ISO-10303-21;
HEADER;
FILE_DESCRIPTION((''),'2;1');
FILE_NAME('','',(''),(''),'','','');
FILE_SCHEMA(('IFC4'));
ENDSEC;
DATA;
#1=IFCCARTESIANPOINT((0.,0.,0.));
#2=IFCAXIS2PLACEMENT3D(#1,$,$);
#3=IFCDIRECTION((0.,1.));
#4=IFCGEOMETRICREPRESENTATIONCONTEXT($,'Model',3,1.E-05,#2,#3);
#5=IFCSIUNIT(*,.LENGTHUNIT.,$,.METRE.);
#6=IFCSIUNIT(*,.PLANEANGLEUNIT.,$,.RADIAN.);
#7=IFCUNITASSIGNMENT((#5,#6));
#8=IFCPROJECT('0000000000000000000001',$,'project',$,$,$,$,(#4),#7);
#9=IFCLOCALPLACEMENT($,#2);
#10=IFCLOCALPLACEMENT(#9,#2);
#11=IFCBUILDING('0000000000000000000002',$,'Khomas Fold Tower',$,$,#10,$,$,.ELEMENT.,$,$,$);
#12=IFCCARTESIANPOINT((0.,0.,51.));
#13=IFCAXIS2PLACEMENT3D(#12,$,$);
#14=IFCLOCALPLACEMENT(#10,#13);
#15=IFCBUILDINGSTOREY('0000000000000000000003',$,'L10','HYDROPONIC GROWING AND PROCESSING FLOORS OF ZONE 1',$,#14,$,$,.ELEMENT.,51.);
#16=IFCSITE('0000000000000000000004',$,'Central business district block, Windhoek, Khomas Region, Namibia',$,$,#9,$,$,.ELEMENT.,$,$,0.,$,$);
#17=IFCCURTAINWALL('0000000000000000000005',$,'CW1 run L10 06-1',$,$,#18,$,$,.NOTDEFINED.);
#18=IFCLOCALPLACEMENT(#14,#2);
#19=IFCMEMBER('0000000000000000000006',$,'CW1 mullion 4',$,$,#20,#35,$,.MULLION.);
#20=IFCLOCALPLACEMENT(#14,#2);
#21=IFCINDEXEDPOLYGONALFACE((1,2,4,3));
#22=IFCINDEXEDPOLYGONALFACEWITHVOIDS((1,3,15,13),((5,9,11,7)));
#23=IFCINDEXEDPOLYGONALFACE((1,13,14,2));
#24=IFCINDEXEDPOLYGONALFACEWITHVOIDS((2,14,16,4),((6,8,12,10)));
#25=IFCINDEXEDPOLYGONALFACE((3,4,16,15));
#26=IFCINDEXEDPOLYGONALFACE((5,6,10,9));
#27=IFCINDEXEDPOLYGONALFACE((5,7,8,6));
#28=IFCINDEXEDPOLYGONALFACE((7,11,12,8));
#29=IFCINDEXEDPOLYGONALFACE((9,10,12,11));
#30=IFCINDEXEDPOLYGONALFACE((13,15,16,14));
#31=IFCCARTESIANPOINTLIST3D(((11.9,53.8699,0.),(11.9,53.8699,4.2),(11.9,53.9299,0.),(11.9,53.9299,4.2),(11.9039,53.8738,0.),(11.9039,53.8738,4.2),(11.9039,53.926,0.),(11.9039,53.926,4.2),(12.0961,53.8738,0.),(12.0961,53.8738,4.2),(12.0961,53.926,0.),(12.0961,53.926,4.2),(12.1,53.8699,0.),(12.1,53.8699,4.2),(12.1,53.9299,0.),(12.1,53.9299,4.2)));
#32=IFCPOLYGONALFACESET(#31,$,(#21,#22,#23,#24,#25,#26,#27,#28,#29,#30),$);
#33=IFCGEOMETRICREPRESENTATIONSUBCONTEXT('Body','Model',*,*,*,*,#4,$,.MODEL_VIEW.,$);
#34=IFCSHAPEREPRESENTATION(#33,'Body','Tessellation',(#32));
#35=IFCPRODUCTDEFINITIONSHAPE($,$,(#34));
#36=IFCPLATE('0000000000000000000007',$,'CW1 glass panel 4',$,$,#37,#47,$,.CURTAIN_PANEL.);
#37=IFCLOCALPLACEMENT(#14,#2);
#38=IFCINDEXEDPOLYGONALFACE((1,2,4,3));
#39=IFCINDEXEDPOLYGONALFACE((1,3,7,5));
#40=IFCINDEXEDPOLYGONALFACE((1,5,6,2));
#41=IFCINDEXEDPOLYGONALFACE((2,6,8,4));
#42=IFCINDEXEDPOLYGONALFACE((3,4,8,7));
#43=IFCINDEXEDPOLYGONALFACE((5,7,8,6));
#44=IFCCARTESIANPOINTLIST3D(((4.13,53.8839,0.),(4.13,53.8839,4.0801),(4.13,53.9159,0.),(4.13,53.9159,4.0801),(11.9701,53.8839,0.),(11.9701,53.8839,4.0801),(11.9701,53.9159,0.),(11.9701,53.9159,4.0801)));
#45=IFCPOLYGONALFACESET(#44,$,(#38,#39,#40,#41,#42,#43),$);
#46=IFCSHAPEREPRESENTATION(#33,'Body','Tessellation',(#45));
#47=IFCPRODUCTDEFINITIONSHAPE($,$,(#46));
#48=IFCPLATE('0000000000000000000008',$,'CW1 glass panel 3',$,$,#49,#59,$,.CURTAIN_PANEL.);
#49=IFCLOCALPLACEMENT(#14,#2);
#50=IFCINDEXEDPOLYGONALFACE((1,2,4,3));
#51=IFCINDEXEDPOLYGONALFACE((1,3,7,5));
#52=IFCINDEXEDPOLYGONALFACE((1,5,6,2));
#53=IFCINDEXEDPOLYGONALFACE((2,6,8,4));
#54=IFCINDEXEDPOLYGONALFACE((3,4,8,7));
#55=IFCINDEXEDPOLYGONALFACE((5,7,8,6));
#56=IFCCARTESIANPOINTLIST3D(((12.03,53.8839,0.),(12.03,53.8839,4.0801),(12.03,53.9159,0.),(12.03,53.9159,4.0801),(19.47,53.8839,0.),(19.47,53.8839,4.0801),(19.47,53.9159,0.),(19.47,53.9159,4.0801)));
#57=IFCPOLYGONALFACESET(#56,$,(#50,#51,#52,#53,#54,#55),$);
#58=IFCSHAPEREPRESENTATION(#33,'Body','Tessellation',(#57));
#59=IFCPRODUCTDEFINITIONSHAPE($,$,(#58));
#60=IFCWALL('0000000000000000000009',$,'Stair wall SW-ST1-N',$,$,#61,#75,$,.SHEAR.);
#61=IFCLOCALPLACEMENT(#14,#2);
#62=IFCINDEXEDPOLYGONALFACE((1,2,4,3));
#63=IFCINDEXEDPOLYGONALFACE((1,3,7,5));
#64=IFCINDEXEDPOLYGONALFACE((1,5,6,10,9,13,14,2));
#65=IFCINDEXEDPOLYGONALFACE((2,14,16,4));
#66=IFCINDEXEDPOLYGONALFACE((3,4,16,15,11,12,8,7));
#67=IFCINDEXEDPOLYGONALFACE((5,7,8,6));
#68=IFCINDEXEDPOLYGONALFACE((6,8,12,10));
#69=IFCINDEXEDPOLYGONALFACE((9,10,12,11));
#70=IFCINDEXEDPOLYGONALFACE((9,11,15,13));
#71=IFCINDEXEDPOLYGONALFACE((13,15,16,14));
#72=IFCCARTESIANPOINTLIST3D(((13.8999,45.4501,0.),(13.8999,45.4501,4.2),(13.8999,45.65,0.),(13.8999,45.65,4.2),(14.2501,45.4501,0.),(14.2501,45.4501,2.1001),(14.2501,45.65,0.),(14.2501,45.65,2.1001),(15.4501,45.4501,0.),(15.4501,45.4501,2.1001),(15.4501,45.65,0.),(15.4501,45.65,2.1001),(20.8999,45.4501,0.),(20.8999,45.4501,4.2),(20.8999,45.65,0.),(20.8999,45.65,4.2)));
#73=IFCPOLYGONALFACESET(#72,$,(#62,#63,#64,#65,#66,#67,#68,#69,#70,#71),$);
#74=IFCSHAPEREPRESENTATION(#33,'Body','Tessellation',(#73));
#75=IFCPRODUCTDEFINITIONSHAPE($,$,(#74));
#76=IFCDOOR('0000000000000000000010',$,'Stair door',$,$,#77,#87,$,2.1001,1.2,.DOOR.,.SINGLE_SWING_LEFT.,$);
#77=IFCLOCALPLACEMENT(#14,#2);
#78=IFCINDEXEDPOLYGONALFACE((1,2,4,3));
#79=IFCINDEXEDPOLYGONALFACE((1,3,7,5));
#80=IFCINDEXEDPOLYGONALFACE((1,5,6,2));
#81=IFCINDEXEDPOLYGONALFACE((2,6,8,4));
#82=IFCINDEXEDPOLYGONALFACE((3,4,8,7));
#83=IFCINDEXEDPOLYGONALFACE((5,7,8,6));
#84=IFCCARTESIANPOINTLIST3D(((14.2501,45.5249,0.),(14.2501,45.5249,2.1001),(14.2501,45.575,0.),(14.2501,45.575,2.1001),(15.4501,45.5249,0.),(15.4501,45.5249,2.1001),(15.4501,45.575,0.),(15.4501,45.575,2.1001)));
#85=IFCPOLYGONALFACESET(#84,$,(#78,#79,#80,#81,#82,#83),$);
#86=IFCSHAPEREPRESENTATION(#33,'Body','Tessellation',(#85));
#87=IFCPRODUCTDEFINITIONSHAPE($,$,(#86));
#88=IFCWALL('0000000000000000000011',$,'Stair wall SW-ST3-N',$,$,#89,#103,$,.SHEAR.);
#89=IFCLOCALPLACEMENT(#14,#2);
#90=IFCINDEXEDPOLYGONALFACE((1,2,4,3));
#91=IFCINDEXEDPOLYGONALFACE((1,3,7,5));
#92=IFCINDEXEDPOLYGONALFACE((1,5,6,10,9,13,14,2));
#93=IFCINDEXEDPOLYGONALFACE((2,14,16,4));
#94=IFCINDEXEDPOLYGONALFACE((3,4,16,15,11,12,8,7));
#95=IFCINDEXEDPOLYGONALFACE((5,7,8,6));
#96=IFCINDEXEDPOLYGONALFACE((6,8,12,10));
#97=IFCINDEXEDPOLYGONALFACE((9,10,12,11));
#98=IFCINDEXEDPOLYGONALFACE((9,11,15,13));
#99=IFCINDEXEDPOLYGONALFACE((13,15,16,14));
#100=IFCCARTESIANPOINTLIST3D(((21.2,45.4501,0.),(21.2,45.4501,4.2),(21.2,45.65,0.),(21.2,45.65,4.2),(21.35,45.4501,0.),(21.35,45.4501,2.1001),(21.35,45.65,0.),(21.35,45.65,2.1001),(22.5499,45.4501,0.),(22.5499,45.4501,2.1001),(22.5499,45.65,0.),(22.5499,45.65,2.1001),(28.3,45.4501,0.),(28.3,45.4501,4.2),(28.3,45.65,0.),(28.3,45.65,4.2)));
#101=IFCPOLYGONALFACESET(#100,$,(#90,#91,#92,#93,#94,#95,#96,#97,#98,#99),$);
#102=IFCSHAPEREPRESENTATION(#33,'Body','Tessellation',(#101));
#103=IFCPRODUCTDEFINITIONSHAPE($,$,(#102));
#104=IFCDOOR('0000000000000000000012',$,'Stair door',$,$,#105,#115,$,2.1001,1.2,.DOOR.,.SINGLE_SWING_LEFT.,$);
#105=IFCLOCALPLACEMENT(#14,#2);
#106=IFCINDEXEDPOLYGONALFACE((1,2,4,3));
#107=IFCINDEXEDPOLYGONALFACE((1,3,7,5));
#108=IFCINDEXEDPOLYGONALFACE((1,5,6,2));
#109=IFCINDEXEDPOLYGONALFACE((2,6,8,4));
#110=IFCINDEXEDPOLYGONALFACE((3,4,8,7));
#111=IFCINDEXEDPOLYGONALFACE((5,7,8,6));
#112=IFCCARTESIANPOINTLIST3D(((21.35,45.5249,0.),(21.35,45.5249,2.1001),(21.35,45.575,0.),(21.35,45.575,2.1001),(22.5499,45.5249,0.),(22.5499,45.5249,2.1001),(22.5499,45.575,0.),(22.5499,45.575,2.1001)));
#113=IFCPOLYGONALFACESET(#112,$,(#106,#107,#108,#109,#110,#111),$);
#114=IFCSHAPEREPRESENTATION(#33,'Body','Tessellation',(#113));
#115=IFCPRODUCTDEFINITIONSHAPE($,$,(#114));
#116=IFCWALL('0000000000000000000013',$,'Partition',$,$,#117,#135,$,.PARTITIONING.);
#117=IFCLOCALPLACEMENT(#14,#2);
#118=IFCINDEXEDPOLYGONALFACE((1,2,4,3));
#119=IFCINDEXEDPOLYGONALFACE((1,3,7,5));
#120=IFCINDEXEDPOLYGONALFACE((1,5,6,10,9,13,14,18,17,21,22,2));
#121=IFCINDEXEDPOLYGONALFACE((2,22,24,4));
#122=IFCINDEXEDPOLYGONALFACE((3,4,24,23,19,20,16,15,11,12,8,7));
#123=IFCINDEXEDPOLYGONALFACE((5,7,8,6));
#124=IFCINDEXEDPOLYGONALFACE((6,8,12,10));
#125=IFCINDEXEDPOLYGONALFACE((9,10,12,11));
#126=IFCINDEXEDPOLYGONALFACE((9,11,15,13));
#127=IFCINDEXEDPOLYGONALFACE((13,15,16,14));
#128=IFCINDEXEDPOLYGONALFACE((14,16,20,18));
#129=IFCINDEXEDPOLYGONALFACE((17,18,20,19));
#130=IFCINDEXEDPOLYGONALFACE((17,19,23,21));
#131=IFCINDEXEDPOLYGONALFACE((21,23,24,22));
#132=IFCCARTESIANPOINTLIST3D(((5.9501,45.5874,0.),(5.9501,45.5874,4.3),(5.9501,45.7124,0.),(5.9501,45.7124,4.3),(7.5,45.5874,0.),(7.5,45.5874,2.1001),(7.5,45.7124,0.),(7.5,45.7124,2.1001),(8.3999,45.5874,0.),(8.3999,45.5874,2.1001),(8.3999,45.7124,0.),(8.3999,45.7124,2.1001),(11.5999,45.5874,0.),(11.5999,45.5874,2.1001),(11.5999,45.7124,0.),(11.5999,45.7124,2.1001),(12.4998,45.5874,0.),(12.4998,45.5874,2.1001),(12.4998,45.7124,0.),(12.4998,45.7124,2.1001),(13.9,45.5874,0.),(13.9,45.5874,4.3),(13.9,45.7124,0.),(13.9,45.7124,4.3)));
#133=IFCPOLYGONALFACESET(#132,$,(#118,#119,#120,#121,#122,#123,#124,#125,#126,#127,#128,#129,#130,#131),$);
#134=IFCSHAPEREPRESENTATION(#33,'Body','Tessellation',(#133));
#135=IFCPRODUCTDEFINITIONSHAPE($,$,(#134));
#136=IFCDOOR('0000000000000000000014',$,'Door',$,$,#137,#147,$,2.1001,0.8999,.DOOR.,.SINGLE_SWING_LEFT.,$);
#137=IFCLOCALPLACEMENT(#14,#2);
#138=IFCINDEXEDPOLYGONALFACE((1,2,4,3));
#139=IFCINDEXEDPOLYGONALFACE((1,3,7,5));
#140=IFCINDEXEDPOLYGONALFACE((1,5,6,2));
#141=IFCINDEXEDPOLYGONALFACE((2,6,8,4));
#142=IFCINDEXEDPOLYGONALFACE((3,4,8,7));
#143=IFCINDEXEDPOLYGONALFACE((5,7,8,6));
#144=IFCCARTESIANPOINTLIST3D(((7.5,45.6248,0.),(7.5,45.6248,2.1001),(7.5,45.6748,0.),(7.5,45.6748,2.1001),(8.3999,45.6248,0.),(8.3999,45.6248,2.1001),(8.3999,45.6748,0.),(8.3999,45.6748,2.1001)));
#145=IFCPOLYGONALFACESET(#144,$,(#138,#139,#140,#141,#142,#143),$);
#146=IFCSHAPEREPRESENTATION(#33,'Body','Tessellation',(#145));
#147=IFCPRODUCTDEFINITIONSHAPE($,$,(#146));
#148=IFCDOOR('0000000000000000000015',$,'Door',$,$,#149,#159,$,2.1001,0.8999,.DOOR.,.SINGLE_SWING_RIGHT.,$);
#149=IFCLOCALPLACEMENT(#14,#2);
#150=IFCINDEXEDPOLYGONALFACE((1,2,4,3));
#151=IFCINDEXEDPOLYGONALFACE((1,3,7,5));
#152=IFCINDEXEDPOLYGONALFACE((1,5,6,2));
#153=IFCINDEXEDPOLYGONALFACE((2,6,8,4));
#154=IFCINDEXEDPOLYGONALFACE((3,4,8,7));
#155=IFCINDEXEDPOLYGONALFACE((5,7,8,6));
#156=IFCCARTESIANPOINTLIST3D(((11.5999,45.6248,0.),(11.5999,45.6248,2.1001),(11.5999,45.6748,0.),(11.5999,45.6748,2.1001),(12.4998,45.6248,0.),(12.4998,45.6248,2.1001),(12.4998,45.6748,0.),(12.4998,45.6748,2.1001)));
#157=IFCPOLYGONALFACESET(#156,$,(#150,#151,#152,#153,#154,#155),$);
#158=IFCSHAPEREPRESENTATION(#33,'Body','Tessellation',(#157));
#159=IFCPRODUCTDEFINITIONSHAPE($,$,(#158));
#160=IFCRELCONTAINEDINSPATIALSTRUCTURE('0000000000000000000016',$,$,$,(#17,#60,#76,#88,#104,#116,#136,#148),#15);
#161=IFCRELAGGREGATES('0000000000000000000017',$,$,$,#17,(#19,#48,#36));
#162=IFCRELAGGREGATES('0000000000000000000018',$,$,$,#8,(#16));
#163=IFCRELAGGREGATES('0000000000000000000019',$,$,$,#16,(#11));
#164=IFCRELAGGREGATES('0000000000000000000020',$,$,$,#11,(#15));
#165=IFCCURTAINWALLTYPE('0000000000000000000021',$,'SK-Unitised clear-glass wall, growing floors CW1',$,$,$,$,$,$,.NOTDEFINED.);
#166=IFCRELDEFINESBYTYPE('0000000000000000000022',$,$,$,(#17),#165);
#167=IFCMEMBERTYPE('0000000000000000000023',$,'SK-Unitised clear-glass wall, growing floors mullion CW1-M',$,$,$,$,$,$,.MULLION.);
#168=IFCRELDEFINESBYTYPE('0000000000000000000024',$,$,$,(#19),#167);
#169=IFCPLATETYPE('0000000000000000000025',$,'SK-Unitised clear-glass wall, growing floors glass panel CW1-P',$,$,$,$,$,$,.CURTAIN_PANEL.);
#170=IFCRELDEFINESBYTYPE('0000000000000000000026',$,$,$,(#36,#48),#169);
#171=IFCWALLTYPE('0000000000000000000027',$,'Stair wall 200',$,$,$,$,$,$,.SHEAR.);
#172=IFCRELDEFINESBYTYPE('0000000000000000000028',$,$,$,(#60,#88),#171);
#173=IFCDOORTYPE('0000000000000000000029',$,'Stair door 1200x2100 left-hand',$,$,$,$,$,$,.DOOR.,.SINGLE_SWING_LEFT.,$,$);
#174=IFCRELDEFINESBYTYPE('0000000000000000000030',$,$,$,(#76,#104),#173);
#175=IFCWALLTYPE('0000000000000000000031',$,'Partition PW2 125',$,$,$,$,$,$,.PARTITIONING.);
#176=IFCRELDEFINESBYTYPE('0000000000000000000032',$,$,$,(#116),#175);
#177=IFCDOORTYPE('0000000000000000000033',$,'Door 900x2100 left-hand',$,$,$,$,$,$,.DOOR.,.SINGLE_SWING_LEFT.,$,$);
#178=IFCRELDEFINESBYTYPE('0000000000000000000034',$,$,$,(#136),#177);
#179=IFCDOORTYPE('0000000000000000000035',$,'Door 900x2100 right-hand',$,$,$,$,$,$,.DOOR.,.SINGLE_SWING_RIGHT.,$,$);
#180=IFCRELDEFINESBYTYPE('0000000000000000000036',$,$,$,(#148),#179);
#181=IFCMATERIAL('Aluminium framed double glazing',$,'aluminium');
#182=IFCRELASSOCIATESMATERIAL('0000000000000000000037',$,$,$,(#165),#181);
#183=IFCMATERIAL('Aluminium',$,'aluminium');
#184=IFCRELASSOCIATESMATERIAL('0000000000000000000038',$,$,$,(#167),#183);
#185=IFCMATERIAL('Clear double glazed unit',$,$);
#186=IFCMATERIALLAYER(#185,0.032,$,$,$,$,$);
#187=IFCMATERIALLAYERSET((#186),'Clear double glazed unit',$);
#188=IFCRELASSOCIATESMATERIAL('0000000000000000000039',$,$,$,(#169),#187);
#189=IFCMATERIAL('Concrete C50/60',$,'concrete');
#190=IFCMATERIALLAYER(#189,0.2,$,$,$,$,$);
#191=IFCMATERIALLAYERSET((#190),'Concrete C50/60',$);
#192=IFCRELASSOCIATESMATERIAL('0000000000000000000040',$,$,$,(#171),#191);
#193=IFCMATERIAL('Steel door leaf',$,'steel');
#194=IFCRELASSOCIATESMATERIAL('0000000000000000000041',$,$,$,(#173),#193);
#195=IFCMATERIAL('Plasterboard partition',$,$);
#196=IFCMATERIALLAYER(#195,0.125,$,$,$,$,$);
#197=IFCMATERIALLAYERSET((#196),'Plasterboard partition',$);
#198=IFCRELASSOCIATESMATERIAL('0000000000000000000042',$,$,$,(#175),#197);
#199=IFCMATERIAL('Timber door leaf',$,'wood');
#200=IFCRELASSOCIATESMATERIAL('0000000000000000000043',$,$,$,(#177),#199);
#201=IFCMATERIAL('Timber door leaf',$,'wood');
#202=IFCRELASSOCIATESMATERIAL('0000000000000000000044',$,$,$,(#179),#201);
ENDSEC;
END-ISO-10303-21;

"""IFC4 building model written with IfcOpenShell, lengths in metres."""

from ifc_helpers import new_model, si_unit, direction, frame, frame_2d, origin, origin_2d, place, context, subcontext, project, spatial, rectangle, hollow_rectangle, extrude, source, transform, mapped, material, layer, layer_set, material_profile, profile_set, type_object, element, fill, aggregate, save


model = new_model("IFC4")

# Units and contexts
model_context = context("Model", 3, precision=1e-05, world=origin(), true_north=direction((0.0, 1.0)))
body_context = subcontext(model_context, "Body", "Model", "MODEL_VIEW")
ifc_project = project(units=[si_unit("LENGTHUNIT", "METRE"), si_unit("PLANEANGLEUNIT", "RADIAN")], contexts=[model_context])

# Site, building, storey
site_placement = place(None, origin())
site = spatial("IfcSite", under=ifc_project, at=site_placement, Name="Central business district block, Windhoek, Khomas Region, Namibia", CompositionType="ELEMENT", RefElevation=0.0)
building_placement = place(site_placement, origin())
building = spatial("IfcBuilding", under=site, at=building_placement, Name="Khomas Fold Tower", CompositionType="ELEMENT")
storey_placement = place(building_placement, frame((0.0, 0.0, 51.0)))
storey = spatial("IfcBuildingStorey", under=building, at=storey_placement, Name="L10", Description="HYDROPONIC GROWING AND PROCESSING FLOORS OF ZONE 1", CompositionType="ELEMENT", Elevation=51.0)

# Curtain wall, member, plates
ifc_material_1 = material(Name="Aluminium framed double glazing", Category="aluminium")
curtain_wall_type = type_object("IfcCurtainWallType", Name="SK-Unitised clear-glass wall, growing floors CW1", PredefinedType="NOTDEFINED", material=ifc_material_1)
curtain_wall_placement = place(storey_placement, origin())
curtain_wall = element("IfcCurtainWall", 1, at=curtain_wall_placement, inside=storey, type_object=curtain_wall_type, Name="CW1 run L10 06-1", PredefinedType="NOTDEFINED")
ifc_material_2 = material(Name="Aluminium", Category="aluminium")
ifc_material_profile_1 = material_profile(ifc_material_2, hollow_rectangle(XDim=0.0601, YDim=0.2, WallThickness=0.0039, at=origin_2d()), Name="SK-Unitised clear-glass wall, growing floors mullion CW1-M")
ifc_profile_set_1 = profile_set([ifc_material_profile_1], Name="Aluminium")
member_type_1 = type_object("IfcMemberType", Name="SK-Unitised clear-glass wall, growing floors mullion CW1-M", PredefinedType="MULLION", material=ifc_profile_set_1)
shared_shape_1 = source(origin(), body_context, "Body", "SweptSolid", [
    extrude(hollow_rectangle(XDim=0.0601, YDim=0.2, WallThickness=0.0039, at=origin_2d()), origin(), (0.0, 0.0, 1.0), 4.2),
])
member_1_placement = place(storey_placement, frame((12.0, 53.8999, 0.0), z_axis=(0.0, 0.0, 1.0), x_axis=(0.0, -1.0, 0.0)))
member_1 = element("IfcMember", 2, at=member_1_placement, type_object=member_type_1, Name="CW1 mullion 4", PredefinedType="MULLION", context=body_context, shape_type="MappedRepresentation", body=[
    mapped(shared_shape_1, transform((0.0, 0.0, 0.0))),
])
ifc_material_3 = material(Name="Clear double glazed unit")
ifc_layer_1 = layer(ifc_material_3, 0.032)
ifc_layer_set_1 = layer_set([ifc_layer_1], Name="Clear double glazed unit")
plate_type = type_object("IfcPlateType", Name="SK-Unitised clear-glass wall, growing floors glass panel CW1-P", PredefinedType="CURTAIN_PANEL", material=ifc_layer_set_1)
shared_shape_2 = source(origin(), body_context, "Body", "SweptSolid", [
    extrude(rectangle(XDim=7.8401, YDim=0.032, at=origin_2d()), origin(), (0.0, 0.0, 1.0), 4.0801),
])
plate_1_placement = place(storey_placement, frame((8.05, 53.8999, 0.0), z_axis=(0.0, 0.0, 1.0), x_axis=(-1.0, 0.0, 0.0)))
plate_1 = element("IfcPlate", 3, at=plate_1_placement, type_object=plate_type, Name="CW1 glass panel 4", PredefinedType="CURTAIN_PANEL", context=body_context, shape_type="MappedRepresentation", body=[
    mapped(shared_shape_2, transform((0.0, 0.0, 0.0))),
])
shared_shape_3 = source(origin(), body_context, "Body", "SweptSolid", [
    extrude(rectangle(XDim=7.4399, YDim=0.032, at=origin_2d()), origin(), (0.0, 0.0, 1.0), 4.0801),
])
plate_2_placement = place(storey_placement, frame((15.75, 53.8999, 0.0), z_axis=(0.0, 0.0, 1.0), x_axis=(-1.0, 0.0, 0.0)))
plate_2 = element("IfcPlate", 4, at=plate_2_placement, type_object=plate_type, Name="CW1 glass panel 3", PredefinedType="CURTAIN_PANEL", context=body_context, shape_type="MappedRepresentation", body=[
    mapped(shared_shape_3, transform((0.0, 0.0, 0.0))),
])
aggregate(curtain_wall, [member_1, plate_2, plate_1])

# Walls, openings, doors
ifc_material_4 = material(Name="Concrete C50/60", Category="concrete")
ifc_layer_2 = layer(ifc_material_4, 0.2)
ifc_layer_set_2 = layer_set([ifc_layer_2], Name="Concrete C50/60")
wall_type_1 = type_object("IfcWallType", Name="Stair wall 200", PredefinedType="SHEAR", material=ifc_layer_set_2)
shared_shape_4 = source(origin(), body_context, "Body", "SweptSolid", [
    extrude(rectangle(XDim=7.0, YDim=0.2, at=frame_2d((3.5, 0.0))), origin(), (0.0, 0.0, 1.0), 4.2),
])
wall_1_placement = place(storey_placement, frame((13.8999, 45.55, 0.0), z_axis=(0.0, 0.0, 1.0), x_axis=(1.0, 0.0, 0.0)))
wall_1 = element("IfcWall", 5, at=wall_1_placement, inside=storey, type_object=wall_type_1, Name="Stair wall SW-ST1-N", PredefinedType="SHEAR", context=body_context, shape_type="MappedRepresentation", body=[
    mapped(shared_shape_4, transform((0.0, 0.0, 0.0))),
])
shared_shape_5 = source(origin(), body_context, "Body", "SweptSolid", [
    extrude(rectangle(XDim=1.2, YDim=2.1001, at=frame_2d((0.6001, 1.05))), frame((0.0, 0.1099, 0.0), z_axis=(0.0, -1.0, 0.0), x_axis=(1.0, 0.0, 0.0)), (0.0, 0.0, 1.0), 0.22),
])
opening_1_placement = place(wall_1_placement, frame((0.3501, 0.0, 0.0)))
opening_1 = element("IfcOpeningElement", 6, at=opening_1_placement, cuts=wall_1, PredefinedType="OPENING", context=body_context, shape_type="MappedRepresentation", body=[
    mapped(shared_shape_5, transform((0.0, 0.0, 0.0))),
])
ifc_material_5 = material(Name="Steel door leaf", Category="steel")
door_type_1 = type_object("IfcDoorType", Name="Stair door 1200x2100 left-hand", OperationType="SINGLE_SWING_LEFT", PredefinedType="DOOR", material=ifc_material_5)
shared_shape_6 = source(origin(), body_context, "Body", "SweptSolid", [
    extrude(rectangle(XDim=1.2, YDim=2.1001, at=frame_2d((0.6001, 1.05))), frame((0.0, 0.0249, 0.0), z_axis=(0.0, -1.0, 0.0), x_axis=(1.0, 0.0, 0.0)), (0.0, 0.0, 1.0), 0.05),
])
door_1_placement = place(opening_1_placement, origin())
door_1 = element("IfcDoor", 7, at=door_1_placement, inside=storey, type_object=door_type_1, Name="Stair door", OperationType="SINGLE_SWING_LEFT", OverallHeight=2.1001, OverallWidth=1.2, PredefinedType="DOOR", context=body_context, shape_type="MappedRepresentation", body=[
    mapped(shared_shape_6, transform((0.0, 0.0, 0.0))),
])
fill(opening_1, door_1)
shared_shape_7 = source(origin(), body_context, "Body", "SweptSolid", [
    extrude(rectangle(XDim=7.1001, YDim=0.2, at=frame_2d((3.55, 0.0))), origin(), (0.0, 0.0, 1.0), 4.2),
])
wall_2_placement = place(storey_placement, frame((21.2, 45.55, 0.0), z_axis=(0.0, 0.0, 1.0), x_axis=(1.0, 0.0, 0.0)))
wall_2 = element("IfcWall", 8, at=wall_2_placement, inside=storey, type_object=wall_type_1, Name="Stair wall SW-ST3-N", PredefinedType="SHEAR", context=body_context, shape_type="MappedRepresentation", body=[
    mapped(shared_shape_7, transform((0.0, 0.0, 0.0))),
])
opening_2_placement = place(wall_2_placement, frame((0.1499, 0.0, 0.0)))
opening_2 = element("IfcOpeningElement", 9, at=opening_2_placement, cuts=wall_2, PredefinedType="OPENING", context=body_context, shape_type="MappedRepresentation", body=[
    mapped(shared_shape_5, transform((0.0, 0.0, 0.0))),
])
door_2_placement = place(opening_2_placement, origin())
door_2 = element("IfcDoor", 10, at=door_2_placement, inside=storey, type_object=door_type_1, Name="Stair door", OperationType="SINGLE_SWING_LEFT", OverallHeight=2.1001, OverallWidth=1.2, PredefinedType="DOOR", context=body_context, shape_type="MappedRepresentation", body=[
    mapped(shared_shape_6, transform((0.0, 0.0, 0.0))),
])
fill(opening_2, door_2)

# Wall, openings, doors
ifc_material_6 = material(Name="Plasterboard partition")
ifc_layer_3 = layer(ifc_material_6, 0.125)
ifc_layer_set_3 = layer_set([ifc_layer_3], Name="Plasterboard partition")
wall_type_2 = type_object("IfcWallType", Name="Partition PW2 125", PredefinedType="PARTITIONING", material=ifc_layer_set_3)
shared_shape_8 = source(origin(), body_context, "Body", "SweptSolid", [
    extrude(rectangle(XDim=7.95, YDim=0.125, at=frame_2d((3.9751, 0.0))), origin(), (0.0, 0.0, 1.0), 4.3),
])
wall_3_placement = place(storey_placement, frame((5.95, 45.6499, 0.0), z_axis=(0.0, 0.0, 1.0), x_axis=(1.0, 0.0, 0.0)))
wall_3 = element("IfcWall", 11, at=wall_3_placement, inside=storey, type_object=wall_type_2, Name="Partition", PredefinedType="PARTITIONING", context=body_context, shape_type="MappedRepresentation", body=[
    mapped(shared_shape_8, transform((0.0, 0.0, 0.0))),
])
shared_shape_9 = source(origin(), body_context, "Body", "SweptSolid", [
    extrude(rectangle(XDim=0.8999, YDim=2.1001, at=frame_2d((0.45, 1.05))), frame((0.0, 0.0725, 0.0), z_axis=(0.0, -1.0, 0.0), x_axis=(1.0, 0.0, 0.0)), (0.0, 0.0, 1.0), 0.145),
])
opening_3_placement = place(wall_3_placement, frame((1.55, 0.0, 0.0)))
opening_3 = element("IfcOpeningElement", 12, at=opening_3_placement, cuts=wall_3, PredefinedType="OPENING", context=body_context, shape_type="MappedRepresentation", body=[
    mapped(shared_shape_9, transform((0.0, 0.0, 0.0))),
])
opening_4_placement = place(wall_3_placement, frame((5.6499, 0.0, 0.0)))
opening_4 = element("IfcOpeningElement", 13, at=opening_4_placement, cuts=wall_3, PredefinedType="OPENING", context=body_context, shape_type="MappedRepresentation", body=[
    mapped(shared_shape_9, transform((0.0, 0.0, 0.0))),
])
ifc_material_7 = material(Name="Timber door leaf", Category="wood")
door_type_2 = type_object("IfcDoorType", Name="Door 900x2100 left-hand", OperationType="SINGLE_SWING_LEFT", PredefinedType="DOOR", material=ifc_material_7)
shared_shape_10 = source(origin(), body_context, "Body", "SweptSolid", [
    extrude(rectangle(XDim=0.8999, YDim=2.1001, at=frame_2d((0.45, 1.05))), frame((0.0, 0.0249, 0.0), z_axis=(0.0, -1.0, 0.0), x_axis=(1.0, 0.0, 0.0)), (0.0, 0.0, 1.0), 0.05),
])
door_3_placement = place(opening_3_placement, origin())
door_3 = element("IfcDoor", 14, at=door_3_placement, inside=storey, type_object=door_type_2, Name="Door", OperationType="SINGLE_SWING_LEFT", OverallHeight=2.1001, OverallWidth=0.8999, PredefinedType="DOOR", context=body_context, shape_type="MappedRepresentation", body=[
    mapped(shared_shape_10, transform((0.0, 0.0, 0.0))),
])
fill(opening_3, door_3)
ifc_material_8 = material(Name="Timber door leaf", Category="wood")
door_type_3 = type_object("IfcDoorType", Name="Door 900x2100 right-hand", OperationType="SINGLE_SWING_RIGHT", PredefinedType="DOOR", material=ifc_material_8)
door_4_placement = place(opening_4_placement, origin())
door_4 = element("IfcDoor", 15, at=door_4_placement, inside=storey, type_object=door_type_3, Name="Door", OperationType="SINGLE_SWING_RIGHT", OverallHeight=2.1001, OverallWidth=0.8999, PredefinedType="DOOR", context=body_context, shape_type="MappedRepresentation", body=[
    mapped(shared_shape_10, transform((0.0, 0.0, 0.0))),
])
fill(opening_4, door_4)

save(model, "model.ifc")
